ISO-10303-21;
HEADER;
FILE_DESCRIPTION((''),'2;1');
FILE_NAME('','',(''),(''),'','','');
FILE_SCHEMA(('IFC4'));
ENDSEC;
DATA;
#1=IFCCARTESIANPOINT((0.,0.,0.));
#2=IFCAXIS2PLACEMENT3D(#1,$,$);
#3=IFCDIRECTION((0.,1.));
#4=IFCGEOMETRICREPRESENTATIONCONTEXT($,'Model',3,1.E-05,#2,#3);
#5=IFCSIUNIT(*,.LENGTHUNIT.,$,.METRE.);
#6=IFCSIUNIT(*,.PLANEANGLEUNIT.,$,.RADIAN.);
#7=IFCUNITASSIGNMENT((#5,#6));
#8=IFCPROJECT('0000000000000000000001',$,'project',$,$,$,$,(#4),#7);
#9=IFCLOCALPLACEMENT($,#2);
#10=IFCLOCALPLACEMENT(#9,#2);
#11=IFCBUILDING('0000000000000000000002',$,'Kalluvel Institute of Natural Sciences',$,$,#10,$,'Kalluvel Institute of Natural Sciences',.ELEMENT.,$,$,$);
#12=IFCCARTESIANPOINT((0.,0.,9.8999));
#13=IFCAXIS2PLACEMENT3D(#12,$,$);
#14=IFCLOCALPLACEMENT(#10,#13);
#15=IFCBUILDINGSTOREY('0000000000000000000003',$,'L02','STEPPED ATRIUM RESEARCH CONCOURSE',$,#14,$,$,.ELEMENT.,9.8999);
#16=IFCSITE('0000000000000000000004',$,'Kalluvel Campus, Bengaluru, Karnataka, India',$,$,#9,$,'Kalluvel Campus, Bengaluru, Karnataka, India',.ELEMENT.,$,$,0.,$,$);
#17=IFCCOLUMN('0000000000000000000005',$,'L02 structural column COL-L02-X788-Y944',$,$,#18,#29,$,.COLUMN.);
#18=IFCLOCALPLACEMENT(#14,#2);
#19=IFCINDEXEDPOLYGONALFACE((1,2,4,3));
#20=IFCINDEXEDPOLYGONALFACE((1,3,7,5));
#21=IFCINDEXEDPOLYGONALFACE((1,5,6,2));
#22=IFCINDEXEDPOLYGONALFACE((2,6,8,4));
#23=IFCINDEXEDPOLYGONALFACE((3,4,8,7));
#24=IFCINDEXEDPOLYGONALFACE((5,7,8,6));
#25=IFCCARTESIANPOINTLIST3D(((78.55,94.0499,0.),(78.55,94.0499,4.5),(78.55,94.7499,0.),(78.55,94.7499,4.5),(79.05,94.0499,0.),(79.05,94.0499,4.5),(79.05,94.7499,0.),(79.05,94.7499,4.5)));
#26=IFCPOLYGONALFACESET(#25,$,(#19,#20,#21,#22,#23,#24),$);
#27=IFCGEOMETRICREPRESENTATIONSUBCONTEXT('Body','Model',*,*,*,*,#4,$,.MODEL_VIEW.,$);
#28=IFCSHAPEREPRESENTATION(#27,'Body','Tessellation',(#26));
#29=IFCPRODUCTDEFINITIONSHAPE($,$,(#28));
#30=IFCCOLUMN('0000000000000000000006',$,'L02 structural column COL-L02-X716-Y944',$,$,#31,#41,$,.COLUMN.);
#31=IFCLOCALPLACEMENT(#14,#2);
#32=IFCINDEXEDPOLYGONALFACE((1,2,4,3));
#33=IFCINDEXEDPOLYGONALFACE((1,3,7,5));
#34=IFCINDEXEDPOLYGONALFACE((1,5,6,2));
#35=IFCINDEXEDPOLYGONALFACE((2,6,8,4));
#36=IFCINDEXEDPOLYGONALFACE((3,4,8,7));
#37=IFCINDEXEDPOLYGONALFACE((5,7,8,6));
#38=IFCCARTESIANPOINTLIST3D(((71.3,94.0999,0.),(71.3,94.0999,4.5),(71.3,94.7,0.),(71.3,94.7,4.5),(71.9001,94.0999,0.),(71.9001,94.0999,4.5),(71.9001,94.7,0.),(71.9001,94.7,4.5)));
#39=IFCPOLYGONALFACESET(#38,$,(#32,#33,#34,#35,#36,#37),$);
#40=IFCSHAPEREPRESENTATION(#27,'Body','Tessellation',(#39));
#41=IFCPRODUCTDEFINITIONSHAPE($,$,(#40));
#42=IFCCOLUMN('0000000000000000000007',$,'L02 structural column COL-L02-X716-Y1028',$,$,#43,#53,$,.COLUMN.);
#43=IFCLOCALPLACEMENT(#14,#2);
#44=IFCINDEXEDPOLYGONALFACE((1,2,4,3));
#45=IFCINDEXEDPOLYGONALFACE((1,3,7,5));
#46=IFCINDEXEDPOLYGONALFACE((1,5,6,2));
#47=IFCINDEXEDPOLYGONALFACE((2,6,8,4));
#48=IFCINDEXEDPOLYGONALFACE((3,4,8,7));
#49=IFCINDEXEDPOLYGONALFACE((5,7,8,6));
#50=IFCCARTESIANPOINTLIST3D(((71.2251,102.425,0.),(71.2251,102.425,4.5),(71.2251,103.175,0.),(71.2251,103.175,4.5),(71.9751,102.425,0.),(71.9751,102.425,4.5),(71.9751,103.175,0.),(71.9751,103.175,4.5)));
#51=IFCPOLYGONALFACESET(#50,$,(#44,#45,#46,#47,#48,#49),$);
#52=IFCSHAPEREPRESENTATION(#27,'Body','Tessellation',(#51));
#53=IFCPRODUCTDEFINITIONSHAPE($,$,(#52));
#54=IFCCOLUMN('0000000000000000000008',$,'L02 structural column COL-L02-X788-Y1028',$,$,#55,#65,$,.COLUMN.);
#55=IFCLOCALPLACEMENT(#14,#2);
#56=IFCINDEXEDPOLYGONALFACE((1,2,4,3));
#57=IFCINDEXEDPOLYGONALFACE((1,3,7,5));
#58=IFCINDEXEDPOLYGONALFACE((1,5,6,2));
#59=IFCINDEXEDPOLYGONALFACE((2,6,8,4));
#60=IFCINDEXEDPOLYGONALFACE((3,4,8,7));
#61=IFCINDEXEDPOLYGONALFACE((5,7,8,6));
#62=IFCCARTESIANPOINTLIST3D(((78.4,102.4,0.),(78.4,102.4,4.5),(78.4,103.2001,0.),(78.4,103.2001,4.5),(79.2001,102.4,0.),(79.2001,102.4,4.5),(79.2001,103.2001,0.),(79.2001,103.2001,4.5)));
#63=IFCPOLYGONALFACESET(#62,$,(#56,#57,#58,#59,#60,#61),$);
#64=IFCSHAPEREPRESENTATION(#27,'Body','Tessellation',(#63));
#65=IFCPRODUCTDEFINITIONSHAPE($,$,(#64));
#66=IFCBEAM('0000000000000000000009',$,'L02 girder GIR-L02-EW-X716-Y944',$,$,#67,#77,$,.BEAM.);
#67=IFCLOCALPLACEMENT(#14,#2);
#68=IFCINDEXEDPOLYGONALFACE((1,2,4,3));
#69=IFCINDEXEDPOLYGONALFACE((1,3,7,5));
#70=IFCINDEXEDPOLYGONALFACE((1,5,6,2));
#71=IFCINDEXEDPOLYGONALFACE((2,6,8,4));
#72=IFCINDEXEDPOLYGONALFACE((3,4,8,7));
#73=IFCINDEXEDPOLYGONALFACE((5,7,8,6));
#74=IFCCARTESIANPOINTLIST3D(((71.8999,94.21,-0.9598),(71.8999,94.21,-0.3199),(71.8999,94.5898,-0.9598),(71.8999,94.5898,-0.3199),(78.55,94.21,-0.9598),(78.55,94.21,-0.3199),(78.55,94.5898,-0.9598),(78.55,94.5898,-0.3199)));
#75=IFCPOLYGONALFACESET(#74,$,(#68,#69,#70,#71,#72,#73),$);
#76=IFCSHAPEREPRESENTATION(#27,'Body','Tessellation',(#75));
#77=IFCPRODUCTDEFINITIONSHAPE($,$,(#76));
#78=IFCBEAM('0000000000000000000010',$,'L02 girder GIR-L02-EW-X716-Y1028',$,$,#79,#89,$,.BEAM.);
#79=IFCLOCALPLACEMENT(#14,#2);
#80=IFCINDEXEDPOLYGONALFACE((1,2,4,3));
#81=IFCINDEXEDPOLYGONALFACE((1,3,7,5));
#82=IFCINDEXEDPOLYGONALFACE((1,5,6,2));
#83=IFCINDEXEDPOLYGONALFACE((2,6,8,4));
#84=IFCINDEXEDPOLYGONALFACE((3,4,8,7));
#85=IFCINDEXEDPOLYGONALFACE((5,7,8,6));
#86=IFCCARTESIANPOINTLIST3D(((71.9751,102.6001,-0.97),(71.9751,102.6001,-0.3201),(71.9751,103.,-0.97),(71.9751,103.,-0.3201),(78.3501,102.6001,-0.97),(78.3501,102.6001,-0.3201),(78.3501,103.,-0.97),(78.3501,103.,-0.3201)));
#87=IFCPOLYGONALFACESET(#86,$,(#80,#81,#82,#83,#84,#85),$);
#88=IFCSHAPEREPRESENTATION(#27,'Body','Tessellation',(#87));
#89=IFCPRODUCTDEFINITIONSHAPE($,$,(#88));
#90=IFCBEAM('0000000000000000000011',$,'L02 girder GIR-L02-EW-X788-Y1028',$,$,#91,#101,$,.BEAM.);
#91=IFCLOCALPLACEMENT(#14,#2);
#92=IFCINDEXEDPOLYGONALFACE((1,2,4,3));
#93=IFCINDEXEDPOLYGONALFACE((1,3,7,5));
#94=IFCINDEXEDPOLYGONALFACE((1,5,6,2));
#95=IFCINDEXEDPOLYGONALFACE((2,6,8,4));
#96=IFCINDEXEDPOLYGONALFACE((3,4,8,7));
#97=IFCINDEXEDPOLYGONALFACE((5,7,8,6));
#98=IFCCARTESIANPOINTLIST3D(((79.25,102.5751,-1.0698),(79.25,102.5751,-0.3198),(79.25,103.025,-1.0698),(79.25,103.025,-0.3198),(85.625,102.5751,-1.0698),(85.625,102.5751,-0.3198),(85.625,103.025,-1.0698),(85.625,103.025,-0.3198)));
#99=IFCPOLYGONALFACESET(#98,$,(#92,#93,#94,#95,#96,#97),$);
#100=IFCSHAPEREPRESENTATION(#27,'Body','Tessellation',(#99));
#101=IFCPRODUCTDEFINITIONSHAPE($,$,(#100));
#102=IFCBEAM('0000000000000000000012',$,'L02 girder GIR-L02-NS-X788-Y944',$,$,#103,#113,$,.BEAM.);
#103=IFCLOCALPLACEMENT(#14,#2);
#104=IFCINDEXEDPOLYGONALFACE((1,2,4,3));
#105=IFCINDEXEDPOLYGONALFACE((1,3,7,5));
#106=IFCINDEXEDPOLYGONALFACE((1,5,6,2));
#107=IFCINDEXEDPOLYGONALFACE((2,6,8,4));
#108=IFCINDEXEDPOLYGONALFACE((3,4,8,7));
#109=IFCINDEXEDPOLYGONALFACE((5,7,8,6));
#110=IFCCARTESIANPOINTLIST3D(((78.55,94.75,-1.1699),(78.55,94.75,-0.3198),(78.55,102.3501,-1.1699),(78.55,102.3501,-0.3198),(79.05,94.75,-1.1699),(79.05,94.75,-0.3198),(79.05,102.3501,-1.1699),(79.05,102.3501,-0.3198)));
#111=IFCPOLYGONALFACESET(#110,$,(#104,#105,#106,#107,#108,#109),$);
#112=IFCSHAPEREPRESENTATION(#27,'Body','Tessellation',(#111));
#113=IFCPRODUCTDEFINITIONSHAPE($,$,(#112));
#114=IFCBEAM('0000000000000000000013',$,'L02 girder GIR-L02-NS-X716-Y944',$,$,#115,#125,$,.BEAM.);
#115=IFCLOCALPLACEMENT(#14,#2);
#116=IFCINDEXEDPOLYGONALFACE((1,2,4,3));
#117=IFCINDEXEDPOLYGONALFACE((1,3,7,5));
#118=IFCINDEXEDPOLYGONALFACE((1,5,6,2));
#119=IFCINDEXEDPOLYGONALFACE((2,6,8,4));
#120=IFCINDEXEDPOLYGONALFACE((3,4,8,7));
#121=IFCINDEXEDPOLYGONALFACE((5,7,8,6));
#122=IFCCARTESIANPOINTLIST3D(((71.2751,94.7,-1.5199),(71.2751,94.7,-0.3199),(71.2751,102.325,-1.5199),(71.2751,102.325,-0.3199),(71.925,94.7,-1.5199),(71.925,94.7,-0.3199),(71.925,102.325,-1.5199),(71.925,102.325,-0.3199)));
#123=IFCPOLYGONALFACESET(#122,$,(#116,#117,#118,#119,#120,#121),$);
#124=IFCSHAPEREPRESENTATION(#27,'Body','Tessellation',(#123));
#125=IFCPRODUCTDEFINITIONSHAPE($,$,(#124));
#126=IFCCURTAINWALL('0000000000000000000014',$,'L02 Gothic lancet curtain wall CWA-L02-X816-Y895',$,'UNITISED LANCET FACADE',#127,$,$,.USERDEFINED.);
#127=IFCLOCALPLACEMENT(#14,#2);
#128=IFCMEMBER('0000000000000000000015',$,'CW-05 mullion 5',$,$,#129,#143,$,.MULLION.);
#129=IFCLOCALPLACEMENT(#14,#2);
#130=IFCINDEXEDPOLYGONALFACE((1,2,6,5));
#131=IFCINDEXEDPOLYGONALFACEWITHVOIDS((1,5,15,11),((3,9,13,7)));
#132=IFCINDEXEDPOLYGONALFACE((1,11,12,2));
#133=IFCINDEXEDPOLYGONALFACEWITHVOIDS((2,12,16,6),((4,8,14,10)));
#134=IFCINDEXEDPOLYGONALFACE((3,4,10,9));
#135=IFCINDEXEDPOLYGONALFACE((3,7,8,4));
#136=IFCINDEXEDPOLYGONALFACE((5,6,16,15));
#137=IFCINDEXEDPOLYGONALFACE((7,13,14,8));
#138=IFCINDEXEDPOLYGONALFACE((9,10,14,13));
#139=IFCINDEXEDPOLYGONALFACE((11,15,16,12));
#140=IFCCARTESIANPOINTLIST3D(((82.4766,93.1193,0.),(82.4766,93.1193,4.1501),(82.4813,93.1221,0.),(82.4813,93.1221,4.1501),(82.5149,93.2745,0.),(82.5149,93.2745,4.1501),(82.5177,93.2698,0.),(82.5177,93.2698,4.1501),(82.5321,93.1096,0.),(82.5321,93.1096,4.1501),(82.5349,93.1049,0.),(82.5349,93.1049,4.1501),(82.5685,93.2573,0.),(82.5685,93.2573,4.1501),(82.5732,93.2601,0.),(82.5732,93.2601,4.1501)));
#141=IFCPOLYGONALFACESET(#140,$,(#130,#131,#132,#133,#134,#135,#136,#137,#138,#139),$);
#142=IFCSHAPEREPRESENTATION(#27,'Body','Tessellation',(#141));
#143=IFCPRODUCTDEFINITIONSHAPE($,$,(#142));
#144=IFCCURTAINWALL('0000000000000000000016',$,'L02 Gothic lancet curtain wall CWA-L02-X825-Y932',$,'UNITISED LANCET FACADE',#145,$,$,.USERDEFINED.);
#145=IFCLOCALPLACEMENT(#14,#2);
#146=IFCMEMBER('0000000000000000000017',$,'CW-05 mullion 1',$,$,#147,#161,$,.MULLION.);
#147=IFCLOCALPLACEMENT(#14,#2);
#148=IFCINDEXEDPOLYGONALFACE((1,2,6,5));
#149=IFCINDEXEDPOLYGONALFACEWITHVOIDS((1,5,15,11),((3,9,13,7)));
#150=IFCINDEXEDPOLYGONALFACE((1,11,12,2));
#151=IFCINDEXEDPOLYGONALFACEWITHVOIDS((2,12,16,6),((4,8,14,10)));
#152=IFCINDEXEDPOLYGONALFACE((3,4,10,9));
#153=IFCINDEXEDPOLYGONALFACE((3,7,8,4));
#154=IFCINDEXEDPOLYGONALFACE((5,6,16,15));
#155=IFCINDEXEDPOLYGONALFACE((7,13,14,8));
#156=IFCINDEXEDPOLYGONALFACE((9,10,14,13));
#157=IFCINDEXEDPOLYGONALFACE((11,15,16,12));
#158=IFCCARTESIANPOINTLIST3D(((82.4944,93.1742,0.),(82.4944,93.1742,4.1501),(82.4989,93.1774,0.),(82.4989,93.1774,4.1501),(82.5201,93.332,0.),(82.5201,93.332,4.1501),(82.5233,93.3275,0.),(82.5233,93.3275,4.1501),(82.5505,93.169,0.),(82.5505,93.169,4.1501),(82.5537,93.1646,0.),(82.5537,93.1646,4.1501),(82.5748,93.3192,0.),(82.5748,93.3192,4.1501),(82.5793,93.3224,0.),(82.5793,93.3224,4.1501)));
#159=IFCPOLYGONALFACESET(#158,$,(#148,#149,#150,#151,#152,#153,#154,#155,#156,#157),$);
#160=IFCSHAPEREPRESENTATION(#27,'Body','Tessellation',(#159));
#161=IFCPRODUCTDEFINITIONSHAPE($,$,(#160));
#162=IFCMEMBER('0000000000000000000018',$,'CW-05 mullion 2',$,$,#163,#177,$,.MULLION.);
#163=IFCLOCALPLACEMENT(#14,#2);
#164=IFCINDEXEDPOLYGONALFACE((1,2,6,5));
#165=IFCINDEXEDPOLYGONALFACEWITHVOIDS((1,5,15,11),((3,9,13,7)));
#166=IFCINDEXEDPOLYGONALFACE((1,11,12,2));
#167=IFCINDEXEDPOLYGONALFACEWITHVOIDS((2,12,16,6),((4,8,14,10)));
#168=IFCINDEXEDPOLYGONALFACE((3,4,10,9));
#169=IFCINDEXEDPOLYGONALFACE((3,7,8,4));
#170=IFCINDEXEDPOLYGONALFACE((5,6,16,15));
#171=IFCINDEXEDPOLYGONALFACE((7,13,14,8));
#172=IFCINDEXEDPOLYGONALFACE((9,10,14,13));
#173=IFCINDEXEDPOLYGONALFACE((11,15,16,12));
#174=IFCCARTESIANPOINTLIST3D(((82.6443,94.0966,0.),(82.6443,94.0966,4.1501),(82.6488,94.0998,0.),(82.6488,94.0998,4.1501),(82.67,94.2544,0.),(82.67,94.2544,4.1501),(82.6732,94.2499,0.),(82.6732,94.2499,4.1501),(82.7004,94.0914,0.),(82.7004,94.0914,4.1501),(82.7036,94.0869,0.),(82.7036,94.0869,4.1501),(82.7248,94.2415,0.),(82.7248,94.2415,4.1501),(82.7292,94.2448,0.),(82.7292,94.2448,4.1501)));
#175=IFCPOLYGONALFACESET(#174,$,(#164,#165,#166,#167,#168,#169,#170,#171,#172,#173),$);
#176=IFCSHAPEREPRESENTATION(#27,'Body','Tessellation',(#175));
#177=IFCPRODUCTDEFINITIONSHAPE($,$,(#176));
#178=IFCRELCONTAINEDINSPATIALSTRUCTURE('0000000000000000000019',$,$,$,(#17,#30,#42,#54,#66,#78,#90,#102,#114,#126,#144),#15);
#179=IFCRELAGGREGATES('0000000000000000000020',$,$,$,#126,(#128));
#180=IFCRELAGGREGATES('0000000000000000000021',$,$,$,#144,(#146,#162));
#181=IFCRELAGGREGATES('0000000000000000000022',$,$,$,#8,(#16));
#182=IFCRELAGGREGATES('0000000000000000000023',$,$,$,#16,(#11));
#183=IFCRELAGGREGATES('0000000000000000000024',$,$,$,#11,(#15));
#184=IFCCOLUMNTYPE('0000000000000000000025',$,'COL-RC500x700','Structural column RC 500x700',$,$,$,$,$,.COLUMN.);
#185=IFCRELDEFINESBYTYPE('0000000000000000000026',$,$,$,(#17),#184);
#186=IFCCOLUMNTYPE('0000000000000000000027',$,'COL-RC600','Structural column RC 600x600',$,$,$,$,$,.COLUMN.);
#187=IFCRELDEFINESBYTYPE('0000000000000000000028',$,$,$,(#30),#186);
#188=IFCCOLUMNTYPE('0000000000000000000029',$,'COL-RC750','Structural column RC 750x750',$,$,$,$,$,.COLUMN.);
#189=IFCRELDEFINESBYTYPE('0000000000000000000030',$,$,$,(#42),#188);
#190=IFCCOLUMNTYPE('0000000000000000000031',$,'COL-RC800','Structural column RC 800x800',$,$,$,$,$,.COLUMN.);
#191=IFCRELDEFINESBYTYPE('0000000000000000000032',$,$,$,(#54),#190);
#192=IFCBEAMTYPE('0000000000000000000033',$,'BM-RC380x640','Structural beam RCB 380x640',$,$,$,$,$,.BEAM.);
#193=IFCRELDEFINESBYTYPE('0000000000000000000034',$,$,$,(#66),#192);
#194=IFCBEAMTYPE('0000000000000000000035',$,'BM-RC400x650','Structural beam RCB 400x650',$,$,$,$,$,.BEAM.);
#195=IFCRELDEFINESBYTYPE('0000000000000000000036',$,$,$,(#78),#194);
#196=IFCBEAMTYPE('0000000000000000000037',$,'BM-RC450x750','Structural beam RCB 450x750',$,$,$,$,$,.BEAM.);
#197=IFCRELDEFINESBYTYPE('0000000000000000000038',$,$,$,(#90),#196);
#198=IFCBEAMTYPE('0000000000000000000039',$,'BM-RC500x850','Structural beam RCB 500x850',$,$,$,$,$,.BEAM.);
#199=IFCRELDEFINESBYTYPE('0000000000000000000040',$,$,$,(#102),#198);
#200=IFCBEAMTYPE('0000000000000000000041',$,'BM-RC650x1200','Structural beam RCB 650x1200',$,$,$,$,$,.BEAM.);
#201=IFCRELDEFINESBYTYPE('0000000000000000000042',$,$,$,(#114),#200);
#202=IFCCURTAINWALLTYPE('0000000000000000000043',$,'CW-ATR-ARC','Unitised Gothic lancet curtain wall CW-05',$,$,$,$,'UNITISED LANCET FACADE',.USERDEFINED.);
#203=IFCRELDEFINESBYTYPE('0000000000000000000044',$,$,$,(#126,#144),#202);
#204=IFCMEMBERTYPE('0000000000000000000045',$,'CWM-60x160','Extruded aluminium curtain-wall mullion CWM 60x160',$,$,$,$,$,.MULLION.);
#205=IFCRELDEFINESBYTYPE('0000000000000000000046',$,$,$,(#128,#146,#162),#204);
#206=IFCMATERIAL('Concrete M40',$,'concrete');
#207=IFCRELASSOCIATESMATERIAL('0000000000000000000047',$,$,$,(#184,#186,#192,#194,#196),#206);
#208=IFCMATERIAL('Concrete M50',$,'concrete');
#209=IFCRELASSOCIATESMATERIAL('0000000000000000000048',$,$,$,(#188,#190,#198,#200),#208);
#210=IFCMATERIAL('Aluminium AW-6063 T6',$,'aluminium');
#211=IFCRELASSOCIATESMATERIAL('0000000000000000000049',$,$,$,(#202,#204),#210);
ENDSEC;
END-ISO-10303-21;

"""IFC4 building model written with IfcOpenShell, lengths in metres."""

from ifc_helpers import new_model, si_unit, direction, frame, origin, origin_2d, place, context, subcontext, project, spatial, rectangle, hollow_rectangle, extrude, material, material_profile, profile_set, type_object, element, aggregate, save


model = new_model("IFC4")

# Units and contexts
model_context = context("Model", 3, precision=1e-05, world=origin(), true_north=direction((0.0, 1.0)))
body_context = subcontext(model_context, "Body", "Model", "MODEL_VIEW")
ifc_project = project(units=[si_unit("LENGTHUNIT", "METRE"), si_unit("PLANEANGLEUNIT", "RADIAN")], contexts=[model_context])

# Site, building, storey
site_placement = place(None, origin())
site = spatial("IfcSite", under=ifc_project, at=site_placement, Name="Kalluvel Campus, Bengaluru, Karnataka, India", LongName="Kalluvel Campus, Bengaluru, Karnataka, India", CompositionType="ELEMENT", RefElevation=0.0)
building_placement = place(site_placement, origin())
building = spatial("IfcBuilding", under=site, at=building_placement, Name="Kalluvel Institute of Natural Sciences", LongName="Kalluvel Institute of Natural Sciences", CompositionType="ELEMENT")
storey_placement = place(building_placement, frame((0.0, 0.0, 9.8999)))
storey = spatial("IfcBuildingStorey", under=building, at=storey_placement, Name="L02", Description="STEPPED ATRIUM RESEARCH CONCOURSE", CompositionType="ELEMENT", Elevation=9.8999)

# Columns
ifc_material_1 = material(Name="Concrete M40", Category="concrete")
ifc_material_profile_1 = material_profile(ifc_material_1, rectangle(XDim=0.5, YDim=0.7, at=origin_2d()), Name="RC 500x700")
ifc_profile_set_1 = profile_set([ifc_material_profile_1], Name="Concrete M40")
column_type_1 = type_object("IfcColumnType", Name="COL-RC500x700", Description="Structural column RC 500x700", PredefinedType="COLUMN", material=ifc_profile_set_1)
column_1_placement = place(storey_placement, frame((78.8, 94.3999, 0.0), z_axis=(0.0, 0.0, 1.0), x_axis=(1.0, 0.0, 0.0)))
element("IfcColumn", 1, at=column_1_placement, inside=storey, type_object=column_type_1, Name="L02 structural column COL-L02-X788-Y944", PredefinedType="COLUMN", context=body_context, shape_type="SweptSolid", body=[
    extrude(rectangle(XDim=0.5, YDim=0.7, at=origin_2d()), origin(), (0.0, 0.0, 1.0), 4.5),
])
ifc_material_profile_2 = material_profile(ifc_material_1, rectangle(XDim=0.6001, YDim=0.6001, at=origin_2d()), Name="RC 600x600")
ifc_profile_set_2 = profile_set([ifc_material_profile_2], Name="Concrete M40")
column_type_2 = type_object("IfcColumnType", Name="COL-RC600", Description="Structural column RC 600x600", PredefinedType="COLUMN", material=ifc_profile_set_2)
column_2_placement = place(storey_placement, frame((71.6001, 94.3999, 0.0), z_axis=(0.0, 0.0, 1.0), x_axis=(1.0, 0.0, 0.0)))
element("IfcColumn", 2, at=column_2_placement, inside=storey, type_object=column_type_2, Name="L02 structural column COL-L02-X716-Y944", PredefinedType="COLUMN", context=body_context, shape_type="SweptSolid", body=[
    extrude(rectangle(XDim=0.6001, YDim=0.6001, at=origin_2d()), origin(), (0.0, 0.0, 1.0), 4.5),
])
ifc_material_2 = material(Name="Concrete M50", Category="concrete")
ifc_material_profile_3 = material_profile(ifc_material_2, rectangle(XDim=0.75, YDim=0.75, at=origin_2d()), Name="RC 750x750")
ifc_profile_set_3 = profile_set([ifc_material_profile_3], Name="Concrete M50")
column_type_3 = type_object("IfcColumnType", Name="COL-RC750", Description="Structural column RC 750x750", PredefinedType="COLUMN", material=ifc_profile_set_3)
column_3_placement = place(storey_placement, frame((71.6001, 102.8, 0.0), z_axis=(0.0, 0.0, 1.0), x_axis=(1.0, 0.0, 0.0)))
element("IfcColumn", 3, at=column_3_placement, inside=storey, type_object=column_type_3, Name="L02 structural column COL-L02-X716-Y1028", PredefinedType="COLUMN", context=body_context, shape_type="SweptSolid", body=[
    extrude(rectangle(XDim=0.75, YDim=0.75, at=origin_2d()), origin(), (0.0, 0.0, 1.0), 4.5),
])
ifc_material_profile_4 = material_profile(ifc_material_2, rectangle(XDim=0.8, YDim=0.8, at=origin_2d()), Name="RC 800x800")
ifc_profile_set_4 = profile_set([ifc_material_profile_4], Name="Concrete M50")
column_type_4 = type_object("IfcColumnType", Name="COL-RC800", Description="Structural column RC 800x800", PredefinedType="COLUMN", material=ifc_profile_set_4)
column_4_placement = place(storey_placement, frame((78.8, 102.8, 0.0), z_axis=(0.0, 0.0, 1.0), x_axis=(1.0, 0.0, 0.0)))
element("IfcColumn", 4, at=column_4_placement, inside=storey, type_object=column_type_4, Name="L02 structural column COL-L02-X788-Y1028", PredefinedType="COLUMN", context=body_context, shape_type="SweptSolid", body=[
    extrude(rectangle(XDim=0.8, YDim=0.8, at=origin_2d()), origin(), (0.0, 0.0, 1.0), 4.5),
])

# Beams
ifc_material_profile_5 = material_profile(ifc_material_1, rectangle(XDim=0.3799, YDim=0.6399, at=origin_2d()), Name="RCB 380x640")
ifc_profile_set_5 = profile_set([ifc_material_profile_5], Name="Concrete M40")
beam_type_1 = type_object("IfcBeamType", Name="BM-RC380x640", Description="Structural beam RCB 380x640", PredefinedType="BEAM", material=ifc_profile_set_5)
beam_1_placement = place(storey_placement, frame((71.8999, 94.3999, -0.6399), z_axis=(1.0, 0.0, 0.0), x_axis=(0.0, 1.0, 0.0)))
element("IfcBeam", 5, at=beam_1_placement, inside=storey, type_object=beam_type_1, Name="L02 girder GIR-L02-EW-X716-Y944", PredefinedType="BEAM", context=body_context, shape_type="SweptSolid", body=[
    extrude(rectangle(XDim=0.3799, YDim=0.6399, at=origin_2d()), origin(), (0.0, 0.0, 1.0), 6.6501),
])
ifc_material_profile_6 = material_profile(ifc_material_1, rectangle(XDim=0.3999, YDim=0.6499, at=origin_2d()), Name="RCB 400x650")
ifc_profile_set_6 = profile_set([ifc_material_profile_6], Name="Concrete M40")
beam_type_2 = type_object("IfcBeamType", Name="BM-RC400x650", Description="Structural beam RCB 400x650", PredefinedType="BEAM", material=ifc_profile_set_6)
beam_2_placement = place(storey_placement, frame((71.9751, 102.8, -0.645), z_axis=(1.0, 0.0, 0.0), x_axis=(0.0, 1.0, 0.0)))
element("IfcBeam", 6, at=beam_2_placement, inside=storey, type_object=beam_type_2, Name="L02 girder GIR-L02-EW-X716-Y1028", PredefinedType="BEAM", context=body_context, shape_type="SweptSolid", body=[
    extrude(rectangle(XDim=0.3999, YDim=0.6499, at=origin_2d()), origin(), (0.0, 0.0, 1.0), 6.375),
])
ifc_material_profile_7 = material_profile(ifc_material_1, rectangle(XDim=0.45, YDim=0.75, at=origin_2d()), Name="RCB 450x750")
ifc_profile_set_7 = profile_set([ifc_material_profile_7], Name="Concrete M40")
beam_type_3 = type_object("IfcBeamType", Name="BM-RC450x750", Description="Structural beam RCB 450x750", PredefinedType="BEAM", material=ifc_profile_set_7)
beam_3_placement = place(storey_placement, frame((79.25, 102.8, -0.6948), z_axis=(1.0, 0.0, 0.0), x_axis=(0.0, 1.0, 0.0)))
element("IfcBeam", 7, at=beam_3_placement, inside=storey, type_object=beam_type_3, Name="L02 girder GIR-L02-EW-X788-Y1028", PredefinedType="BEAM", context=body_context, shape_type="SweptSolid", body=[
    extrude(rectangle(XDim=0.45, YDim=0.75, at=origin_2d()), origin(), (0.0, 0.0, 1.0), 6.375),
])
ifc_material_profile_8 = material_profile(ifc_material_2, rectangle(XDim=0.5, YDim=0.8501, at=origin_2d()), Name="RCB 500x850")
ifc_profile_set_8 = profile_set([ifc_material_profile_8], Name="Concrete M50")
beam_type_4 = type_object("IfcBeamType", Name="BM-RC500x850", Description="Structural beam RCB 500x850", PredefinedType="BEAM", material=ifc_profile_set_8)
beam_4_placement = place(storey_placement, frame((78.8, 94.75, -0.7449), z_axis=(0.0, 1.0, 0.0), x_axis=(-1.0, 0.0, 0.0)))
element("IfcBeam", 8, at=beam_4_placement, inside=storey, type_object=beam_type_4, Name="L02 girder GIR-L02-NS-X788-Y944", PredefinedType="BEAM", context=body_context, shape_type="SweptSolid", body=[
    extrude(rectangle(XDim=0.5, YDim=0.8501, at=origin_2d()), origin(), (0.0, 0.0, 1.0), 7.6001),
])
ifc_material_profile_9 = material_profile(ifc_material_2, rectangle(XDim=0.6499, YDim=1.2, at=origin_2d()), Name="RCB 650x1200")
ifc_profile_set_9 = profile_set([ifc_material_profile_9], Name="Concrete M50")
beam_type_5 = type_object("IfcBeamType", Name="BM-RC650x1200", Description="Structural beam RCB 650x1200", PredefinedType="BEAM", material=ifc_profile_set_9)
beam_5_placement = place(storey_placement, frame((71.6001, 94.7, -0.9199), z_axis=(0.0, 1.0, 0.0), x_axis=(-1.0, 0.0, 0.0)))
element("IfcBeam", 9, at=beam_5_placement, inside=storey, type_object=beam_type_5, Name="L02 girder GIR-L02-NS-X716-Y944", PredefinedType="BEAM", context=body_context, shape_type="SweptSolid", body=[
    extrude(rectangle(XDim=0.6499, YDim=1.2, at=origin_2d()), origin(), (0.0, 0.0, 1.0), 7.625),
])

# Curtain wall, member
ifc_material_3 = material(Name="Aluminium AW-6063 T6", Category="aluminium")
curtain_wall_type = type_object("IfcCurtainWallType", Name="CW-ATR-ARC", Description="Unitised Gothic lancet curtain wall CW-05", ElementType="UNITISED LANCET FACADE", PredefinedType="USERDEFINED", material=ifc_material_3)
curtain_wall_1_placement = place(storey_placement, origin())
curtain_wall_1 = element("IfcCurtainWall", 10, at=curtain_wall_1_placement, inside=storey, type_object=curtain_wall_type, Name="L02 Gothic lancet curtain wall CWA-L02-X816-Y895", ObjectType="UNITISED LANCET FACADE", PredefinedType="USERDEFINED")
ifc_material_profile_10 = material_profile(ifc_material_3, hollow_rectangle(XDim=0.0601, YDim=0.1599, WallThickness=0.0039, at=origin_2d()), Name="CWM 60x160")
ifc_profile_set_10 = profile_set([ifc_material_profile_10], Name="Aluminium AW-6063 T6")
member_type_1 = type_object("IfcMemberType", Name="CWM-60x160", Description="Extruded aluminium curtain-wall mullion CWM 60x160", PredefinedType="MULLION", material=ifc_profile_set_10)
member_1_placement = place(storey_placement, frame((82.5249, 93.1897, 0.0), z_axis=(0.0, 0.0, 1.0), x_axis=(-0.970939, 0.239326, 0.0)))
member_1 = element("IfcMember", 11, at=member_1_placement, type_object=member_type_1, Name="CW-05 mullion 5", PredefinedType="MULLION", context=body_context, shape_type="SweptSolid", body=[
    extrude(hollow_rectangle(XDim=0.0601, YDim=0.1599, WallThickness=0.0039, at=origin_2d()), origin(), (0.0, 0.0, 1.0), 4.1501),
])

# Curtain wall, members
curtain_wall_2_placement = place(storey_placement, origin())
curtain_wall_2 = element("IfcCurtainWall", 12, at=curtain_wall_2_placement, inside=storey, type_object=curtain_wall_type, Name="L02 Gothic lancet curtain wall CWA-L02-X825-Y932", ObjectType="UNITISED LANCET FACADE", PredefinedType="USERDEFINED")
member_2_placement = place(storey_placement, frame((82.5369, 93.2483, 0.0), z_axis=(0.0, 0.0, 1.0), x_axis=(-0.987049, 0.160417, 0.0)))
member_2 = element("IfcMember", 13, at=member_2_placement, type_object=member_type_1, Name="CW-05 mullion 1", PredefinedType="MULLION", context=body_context, shape_type="SweptSolid", body=[
    extrude(hollow_rectangle(XDim=0.0601, YDim=0.1599, WallThickness=0.0039, at=origin_2d()), origin(), (0.0, 0.0, 1.0), 4.1501),
])
member_3_placement = place(storey_placement, frame((82.6868, 94.1707, 0.0), z_axis=(0.0, 0.0, 1.0), x_axis=(-0.987049, 0.160417, 0.0)))
member_3 = element("IfcMember", 14, at=member_3_placement, type_object=member_type_1, Name="CW-05 mullion 2", PredefinedType="MULLION", context=body_context, shape_type="SweptSolid", body=[
    extrude(hollow_rectangle(XDim=0.0601, YDim=0.1599, WallThickness=0.0039, at=origin_2d()), origin(), (0.0, 0.0, 1.0), 4.1501),
])

aggregate(curtain_wall_1, [member_1])
aggregate(curtain_wall_2, [member_2, member_3])

save(model, "model.ifc")
